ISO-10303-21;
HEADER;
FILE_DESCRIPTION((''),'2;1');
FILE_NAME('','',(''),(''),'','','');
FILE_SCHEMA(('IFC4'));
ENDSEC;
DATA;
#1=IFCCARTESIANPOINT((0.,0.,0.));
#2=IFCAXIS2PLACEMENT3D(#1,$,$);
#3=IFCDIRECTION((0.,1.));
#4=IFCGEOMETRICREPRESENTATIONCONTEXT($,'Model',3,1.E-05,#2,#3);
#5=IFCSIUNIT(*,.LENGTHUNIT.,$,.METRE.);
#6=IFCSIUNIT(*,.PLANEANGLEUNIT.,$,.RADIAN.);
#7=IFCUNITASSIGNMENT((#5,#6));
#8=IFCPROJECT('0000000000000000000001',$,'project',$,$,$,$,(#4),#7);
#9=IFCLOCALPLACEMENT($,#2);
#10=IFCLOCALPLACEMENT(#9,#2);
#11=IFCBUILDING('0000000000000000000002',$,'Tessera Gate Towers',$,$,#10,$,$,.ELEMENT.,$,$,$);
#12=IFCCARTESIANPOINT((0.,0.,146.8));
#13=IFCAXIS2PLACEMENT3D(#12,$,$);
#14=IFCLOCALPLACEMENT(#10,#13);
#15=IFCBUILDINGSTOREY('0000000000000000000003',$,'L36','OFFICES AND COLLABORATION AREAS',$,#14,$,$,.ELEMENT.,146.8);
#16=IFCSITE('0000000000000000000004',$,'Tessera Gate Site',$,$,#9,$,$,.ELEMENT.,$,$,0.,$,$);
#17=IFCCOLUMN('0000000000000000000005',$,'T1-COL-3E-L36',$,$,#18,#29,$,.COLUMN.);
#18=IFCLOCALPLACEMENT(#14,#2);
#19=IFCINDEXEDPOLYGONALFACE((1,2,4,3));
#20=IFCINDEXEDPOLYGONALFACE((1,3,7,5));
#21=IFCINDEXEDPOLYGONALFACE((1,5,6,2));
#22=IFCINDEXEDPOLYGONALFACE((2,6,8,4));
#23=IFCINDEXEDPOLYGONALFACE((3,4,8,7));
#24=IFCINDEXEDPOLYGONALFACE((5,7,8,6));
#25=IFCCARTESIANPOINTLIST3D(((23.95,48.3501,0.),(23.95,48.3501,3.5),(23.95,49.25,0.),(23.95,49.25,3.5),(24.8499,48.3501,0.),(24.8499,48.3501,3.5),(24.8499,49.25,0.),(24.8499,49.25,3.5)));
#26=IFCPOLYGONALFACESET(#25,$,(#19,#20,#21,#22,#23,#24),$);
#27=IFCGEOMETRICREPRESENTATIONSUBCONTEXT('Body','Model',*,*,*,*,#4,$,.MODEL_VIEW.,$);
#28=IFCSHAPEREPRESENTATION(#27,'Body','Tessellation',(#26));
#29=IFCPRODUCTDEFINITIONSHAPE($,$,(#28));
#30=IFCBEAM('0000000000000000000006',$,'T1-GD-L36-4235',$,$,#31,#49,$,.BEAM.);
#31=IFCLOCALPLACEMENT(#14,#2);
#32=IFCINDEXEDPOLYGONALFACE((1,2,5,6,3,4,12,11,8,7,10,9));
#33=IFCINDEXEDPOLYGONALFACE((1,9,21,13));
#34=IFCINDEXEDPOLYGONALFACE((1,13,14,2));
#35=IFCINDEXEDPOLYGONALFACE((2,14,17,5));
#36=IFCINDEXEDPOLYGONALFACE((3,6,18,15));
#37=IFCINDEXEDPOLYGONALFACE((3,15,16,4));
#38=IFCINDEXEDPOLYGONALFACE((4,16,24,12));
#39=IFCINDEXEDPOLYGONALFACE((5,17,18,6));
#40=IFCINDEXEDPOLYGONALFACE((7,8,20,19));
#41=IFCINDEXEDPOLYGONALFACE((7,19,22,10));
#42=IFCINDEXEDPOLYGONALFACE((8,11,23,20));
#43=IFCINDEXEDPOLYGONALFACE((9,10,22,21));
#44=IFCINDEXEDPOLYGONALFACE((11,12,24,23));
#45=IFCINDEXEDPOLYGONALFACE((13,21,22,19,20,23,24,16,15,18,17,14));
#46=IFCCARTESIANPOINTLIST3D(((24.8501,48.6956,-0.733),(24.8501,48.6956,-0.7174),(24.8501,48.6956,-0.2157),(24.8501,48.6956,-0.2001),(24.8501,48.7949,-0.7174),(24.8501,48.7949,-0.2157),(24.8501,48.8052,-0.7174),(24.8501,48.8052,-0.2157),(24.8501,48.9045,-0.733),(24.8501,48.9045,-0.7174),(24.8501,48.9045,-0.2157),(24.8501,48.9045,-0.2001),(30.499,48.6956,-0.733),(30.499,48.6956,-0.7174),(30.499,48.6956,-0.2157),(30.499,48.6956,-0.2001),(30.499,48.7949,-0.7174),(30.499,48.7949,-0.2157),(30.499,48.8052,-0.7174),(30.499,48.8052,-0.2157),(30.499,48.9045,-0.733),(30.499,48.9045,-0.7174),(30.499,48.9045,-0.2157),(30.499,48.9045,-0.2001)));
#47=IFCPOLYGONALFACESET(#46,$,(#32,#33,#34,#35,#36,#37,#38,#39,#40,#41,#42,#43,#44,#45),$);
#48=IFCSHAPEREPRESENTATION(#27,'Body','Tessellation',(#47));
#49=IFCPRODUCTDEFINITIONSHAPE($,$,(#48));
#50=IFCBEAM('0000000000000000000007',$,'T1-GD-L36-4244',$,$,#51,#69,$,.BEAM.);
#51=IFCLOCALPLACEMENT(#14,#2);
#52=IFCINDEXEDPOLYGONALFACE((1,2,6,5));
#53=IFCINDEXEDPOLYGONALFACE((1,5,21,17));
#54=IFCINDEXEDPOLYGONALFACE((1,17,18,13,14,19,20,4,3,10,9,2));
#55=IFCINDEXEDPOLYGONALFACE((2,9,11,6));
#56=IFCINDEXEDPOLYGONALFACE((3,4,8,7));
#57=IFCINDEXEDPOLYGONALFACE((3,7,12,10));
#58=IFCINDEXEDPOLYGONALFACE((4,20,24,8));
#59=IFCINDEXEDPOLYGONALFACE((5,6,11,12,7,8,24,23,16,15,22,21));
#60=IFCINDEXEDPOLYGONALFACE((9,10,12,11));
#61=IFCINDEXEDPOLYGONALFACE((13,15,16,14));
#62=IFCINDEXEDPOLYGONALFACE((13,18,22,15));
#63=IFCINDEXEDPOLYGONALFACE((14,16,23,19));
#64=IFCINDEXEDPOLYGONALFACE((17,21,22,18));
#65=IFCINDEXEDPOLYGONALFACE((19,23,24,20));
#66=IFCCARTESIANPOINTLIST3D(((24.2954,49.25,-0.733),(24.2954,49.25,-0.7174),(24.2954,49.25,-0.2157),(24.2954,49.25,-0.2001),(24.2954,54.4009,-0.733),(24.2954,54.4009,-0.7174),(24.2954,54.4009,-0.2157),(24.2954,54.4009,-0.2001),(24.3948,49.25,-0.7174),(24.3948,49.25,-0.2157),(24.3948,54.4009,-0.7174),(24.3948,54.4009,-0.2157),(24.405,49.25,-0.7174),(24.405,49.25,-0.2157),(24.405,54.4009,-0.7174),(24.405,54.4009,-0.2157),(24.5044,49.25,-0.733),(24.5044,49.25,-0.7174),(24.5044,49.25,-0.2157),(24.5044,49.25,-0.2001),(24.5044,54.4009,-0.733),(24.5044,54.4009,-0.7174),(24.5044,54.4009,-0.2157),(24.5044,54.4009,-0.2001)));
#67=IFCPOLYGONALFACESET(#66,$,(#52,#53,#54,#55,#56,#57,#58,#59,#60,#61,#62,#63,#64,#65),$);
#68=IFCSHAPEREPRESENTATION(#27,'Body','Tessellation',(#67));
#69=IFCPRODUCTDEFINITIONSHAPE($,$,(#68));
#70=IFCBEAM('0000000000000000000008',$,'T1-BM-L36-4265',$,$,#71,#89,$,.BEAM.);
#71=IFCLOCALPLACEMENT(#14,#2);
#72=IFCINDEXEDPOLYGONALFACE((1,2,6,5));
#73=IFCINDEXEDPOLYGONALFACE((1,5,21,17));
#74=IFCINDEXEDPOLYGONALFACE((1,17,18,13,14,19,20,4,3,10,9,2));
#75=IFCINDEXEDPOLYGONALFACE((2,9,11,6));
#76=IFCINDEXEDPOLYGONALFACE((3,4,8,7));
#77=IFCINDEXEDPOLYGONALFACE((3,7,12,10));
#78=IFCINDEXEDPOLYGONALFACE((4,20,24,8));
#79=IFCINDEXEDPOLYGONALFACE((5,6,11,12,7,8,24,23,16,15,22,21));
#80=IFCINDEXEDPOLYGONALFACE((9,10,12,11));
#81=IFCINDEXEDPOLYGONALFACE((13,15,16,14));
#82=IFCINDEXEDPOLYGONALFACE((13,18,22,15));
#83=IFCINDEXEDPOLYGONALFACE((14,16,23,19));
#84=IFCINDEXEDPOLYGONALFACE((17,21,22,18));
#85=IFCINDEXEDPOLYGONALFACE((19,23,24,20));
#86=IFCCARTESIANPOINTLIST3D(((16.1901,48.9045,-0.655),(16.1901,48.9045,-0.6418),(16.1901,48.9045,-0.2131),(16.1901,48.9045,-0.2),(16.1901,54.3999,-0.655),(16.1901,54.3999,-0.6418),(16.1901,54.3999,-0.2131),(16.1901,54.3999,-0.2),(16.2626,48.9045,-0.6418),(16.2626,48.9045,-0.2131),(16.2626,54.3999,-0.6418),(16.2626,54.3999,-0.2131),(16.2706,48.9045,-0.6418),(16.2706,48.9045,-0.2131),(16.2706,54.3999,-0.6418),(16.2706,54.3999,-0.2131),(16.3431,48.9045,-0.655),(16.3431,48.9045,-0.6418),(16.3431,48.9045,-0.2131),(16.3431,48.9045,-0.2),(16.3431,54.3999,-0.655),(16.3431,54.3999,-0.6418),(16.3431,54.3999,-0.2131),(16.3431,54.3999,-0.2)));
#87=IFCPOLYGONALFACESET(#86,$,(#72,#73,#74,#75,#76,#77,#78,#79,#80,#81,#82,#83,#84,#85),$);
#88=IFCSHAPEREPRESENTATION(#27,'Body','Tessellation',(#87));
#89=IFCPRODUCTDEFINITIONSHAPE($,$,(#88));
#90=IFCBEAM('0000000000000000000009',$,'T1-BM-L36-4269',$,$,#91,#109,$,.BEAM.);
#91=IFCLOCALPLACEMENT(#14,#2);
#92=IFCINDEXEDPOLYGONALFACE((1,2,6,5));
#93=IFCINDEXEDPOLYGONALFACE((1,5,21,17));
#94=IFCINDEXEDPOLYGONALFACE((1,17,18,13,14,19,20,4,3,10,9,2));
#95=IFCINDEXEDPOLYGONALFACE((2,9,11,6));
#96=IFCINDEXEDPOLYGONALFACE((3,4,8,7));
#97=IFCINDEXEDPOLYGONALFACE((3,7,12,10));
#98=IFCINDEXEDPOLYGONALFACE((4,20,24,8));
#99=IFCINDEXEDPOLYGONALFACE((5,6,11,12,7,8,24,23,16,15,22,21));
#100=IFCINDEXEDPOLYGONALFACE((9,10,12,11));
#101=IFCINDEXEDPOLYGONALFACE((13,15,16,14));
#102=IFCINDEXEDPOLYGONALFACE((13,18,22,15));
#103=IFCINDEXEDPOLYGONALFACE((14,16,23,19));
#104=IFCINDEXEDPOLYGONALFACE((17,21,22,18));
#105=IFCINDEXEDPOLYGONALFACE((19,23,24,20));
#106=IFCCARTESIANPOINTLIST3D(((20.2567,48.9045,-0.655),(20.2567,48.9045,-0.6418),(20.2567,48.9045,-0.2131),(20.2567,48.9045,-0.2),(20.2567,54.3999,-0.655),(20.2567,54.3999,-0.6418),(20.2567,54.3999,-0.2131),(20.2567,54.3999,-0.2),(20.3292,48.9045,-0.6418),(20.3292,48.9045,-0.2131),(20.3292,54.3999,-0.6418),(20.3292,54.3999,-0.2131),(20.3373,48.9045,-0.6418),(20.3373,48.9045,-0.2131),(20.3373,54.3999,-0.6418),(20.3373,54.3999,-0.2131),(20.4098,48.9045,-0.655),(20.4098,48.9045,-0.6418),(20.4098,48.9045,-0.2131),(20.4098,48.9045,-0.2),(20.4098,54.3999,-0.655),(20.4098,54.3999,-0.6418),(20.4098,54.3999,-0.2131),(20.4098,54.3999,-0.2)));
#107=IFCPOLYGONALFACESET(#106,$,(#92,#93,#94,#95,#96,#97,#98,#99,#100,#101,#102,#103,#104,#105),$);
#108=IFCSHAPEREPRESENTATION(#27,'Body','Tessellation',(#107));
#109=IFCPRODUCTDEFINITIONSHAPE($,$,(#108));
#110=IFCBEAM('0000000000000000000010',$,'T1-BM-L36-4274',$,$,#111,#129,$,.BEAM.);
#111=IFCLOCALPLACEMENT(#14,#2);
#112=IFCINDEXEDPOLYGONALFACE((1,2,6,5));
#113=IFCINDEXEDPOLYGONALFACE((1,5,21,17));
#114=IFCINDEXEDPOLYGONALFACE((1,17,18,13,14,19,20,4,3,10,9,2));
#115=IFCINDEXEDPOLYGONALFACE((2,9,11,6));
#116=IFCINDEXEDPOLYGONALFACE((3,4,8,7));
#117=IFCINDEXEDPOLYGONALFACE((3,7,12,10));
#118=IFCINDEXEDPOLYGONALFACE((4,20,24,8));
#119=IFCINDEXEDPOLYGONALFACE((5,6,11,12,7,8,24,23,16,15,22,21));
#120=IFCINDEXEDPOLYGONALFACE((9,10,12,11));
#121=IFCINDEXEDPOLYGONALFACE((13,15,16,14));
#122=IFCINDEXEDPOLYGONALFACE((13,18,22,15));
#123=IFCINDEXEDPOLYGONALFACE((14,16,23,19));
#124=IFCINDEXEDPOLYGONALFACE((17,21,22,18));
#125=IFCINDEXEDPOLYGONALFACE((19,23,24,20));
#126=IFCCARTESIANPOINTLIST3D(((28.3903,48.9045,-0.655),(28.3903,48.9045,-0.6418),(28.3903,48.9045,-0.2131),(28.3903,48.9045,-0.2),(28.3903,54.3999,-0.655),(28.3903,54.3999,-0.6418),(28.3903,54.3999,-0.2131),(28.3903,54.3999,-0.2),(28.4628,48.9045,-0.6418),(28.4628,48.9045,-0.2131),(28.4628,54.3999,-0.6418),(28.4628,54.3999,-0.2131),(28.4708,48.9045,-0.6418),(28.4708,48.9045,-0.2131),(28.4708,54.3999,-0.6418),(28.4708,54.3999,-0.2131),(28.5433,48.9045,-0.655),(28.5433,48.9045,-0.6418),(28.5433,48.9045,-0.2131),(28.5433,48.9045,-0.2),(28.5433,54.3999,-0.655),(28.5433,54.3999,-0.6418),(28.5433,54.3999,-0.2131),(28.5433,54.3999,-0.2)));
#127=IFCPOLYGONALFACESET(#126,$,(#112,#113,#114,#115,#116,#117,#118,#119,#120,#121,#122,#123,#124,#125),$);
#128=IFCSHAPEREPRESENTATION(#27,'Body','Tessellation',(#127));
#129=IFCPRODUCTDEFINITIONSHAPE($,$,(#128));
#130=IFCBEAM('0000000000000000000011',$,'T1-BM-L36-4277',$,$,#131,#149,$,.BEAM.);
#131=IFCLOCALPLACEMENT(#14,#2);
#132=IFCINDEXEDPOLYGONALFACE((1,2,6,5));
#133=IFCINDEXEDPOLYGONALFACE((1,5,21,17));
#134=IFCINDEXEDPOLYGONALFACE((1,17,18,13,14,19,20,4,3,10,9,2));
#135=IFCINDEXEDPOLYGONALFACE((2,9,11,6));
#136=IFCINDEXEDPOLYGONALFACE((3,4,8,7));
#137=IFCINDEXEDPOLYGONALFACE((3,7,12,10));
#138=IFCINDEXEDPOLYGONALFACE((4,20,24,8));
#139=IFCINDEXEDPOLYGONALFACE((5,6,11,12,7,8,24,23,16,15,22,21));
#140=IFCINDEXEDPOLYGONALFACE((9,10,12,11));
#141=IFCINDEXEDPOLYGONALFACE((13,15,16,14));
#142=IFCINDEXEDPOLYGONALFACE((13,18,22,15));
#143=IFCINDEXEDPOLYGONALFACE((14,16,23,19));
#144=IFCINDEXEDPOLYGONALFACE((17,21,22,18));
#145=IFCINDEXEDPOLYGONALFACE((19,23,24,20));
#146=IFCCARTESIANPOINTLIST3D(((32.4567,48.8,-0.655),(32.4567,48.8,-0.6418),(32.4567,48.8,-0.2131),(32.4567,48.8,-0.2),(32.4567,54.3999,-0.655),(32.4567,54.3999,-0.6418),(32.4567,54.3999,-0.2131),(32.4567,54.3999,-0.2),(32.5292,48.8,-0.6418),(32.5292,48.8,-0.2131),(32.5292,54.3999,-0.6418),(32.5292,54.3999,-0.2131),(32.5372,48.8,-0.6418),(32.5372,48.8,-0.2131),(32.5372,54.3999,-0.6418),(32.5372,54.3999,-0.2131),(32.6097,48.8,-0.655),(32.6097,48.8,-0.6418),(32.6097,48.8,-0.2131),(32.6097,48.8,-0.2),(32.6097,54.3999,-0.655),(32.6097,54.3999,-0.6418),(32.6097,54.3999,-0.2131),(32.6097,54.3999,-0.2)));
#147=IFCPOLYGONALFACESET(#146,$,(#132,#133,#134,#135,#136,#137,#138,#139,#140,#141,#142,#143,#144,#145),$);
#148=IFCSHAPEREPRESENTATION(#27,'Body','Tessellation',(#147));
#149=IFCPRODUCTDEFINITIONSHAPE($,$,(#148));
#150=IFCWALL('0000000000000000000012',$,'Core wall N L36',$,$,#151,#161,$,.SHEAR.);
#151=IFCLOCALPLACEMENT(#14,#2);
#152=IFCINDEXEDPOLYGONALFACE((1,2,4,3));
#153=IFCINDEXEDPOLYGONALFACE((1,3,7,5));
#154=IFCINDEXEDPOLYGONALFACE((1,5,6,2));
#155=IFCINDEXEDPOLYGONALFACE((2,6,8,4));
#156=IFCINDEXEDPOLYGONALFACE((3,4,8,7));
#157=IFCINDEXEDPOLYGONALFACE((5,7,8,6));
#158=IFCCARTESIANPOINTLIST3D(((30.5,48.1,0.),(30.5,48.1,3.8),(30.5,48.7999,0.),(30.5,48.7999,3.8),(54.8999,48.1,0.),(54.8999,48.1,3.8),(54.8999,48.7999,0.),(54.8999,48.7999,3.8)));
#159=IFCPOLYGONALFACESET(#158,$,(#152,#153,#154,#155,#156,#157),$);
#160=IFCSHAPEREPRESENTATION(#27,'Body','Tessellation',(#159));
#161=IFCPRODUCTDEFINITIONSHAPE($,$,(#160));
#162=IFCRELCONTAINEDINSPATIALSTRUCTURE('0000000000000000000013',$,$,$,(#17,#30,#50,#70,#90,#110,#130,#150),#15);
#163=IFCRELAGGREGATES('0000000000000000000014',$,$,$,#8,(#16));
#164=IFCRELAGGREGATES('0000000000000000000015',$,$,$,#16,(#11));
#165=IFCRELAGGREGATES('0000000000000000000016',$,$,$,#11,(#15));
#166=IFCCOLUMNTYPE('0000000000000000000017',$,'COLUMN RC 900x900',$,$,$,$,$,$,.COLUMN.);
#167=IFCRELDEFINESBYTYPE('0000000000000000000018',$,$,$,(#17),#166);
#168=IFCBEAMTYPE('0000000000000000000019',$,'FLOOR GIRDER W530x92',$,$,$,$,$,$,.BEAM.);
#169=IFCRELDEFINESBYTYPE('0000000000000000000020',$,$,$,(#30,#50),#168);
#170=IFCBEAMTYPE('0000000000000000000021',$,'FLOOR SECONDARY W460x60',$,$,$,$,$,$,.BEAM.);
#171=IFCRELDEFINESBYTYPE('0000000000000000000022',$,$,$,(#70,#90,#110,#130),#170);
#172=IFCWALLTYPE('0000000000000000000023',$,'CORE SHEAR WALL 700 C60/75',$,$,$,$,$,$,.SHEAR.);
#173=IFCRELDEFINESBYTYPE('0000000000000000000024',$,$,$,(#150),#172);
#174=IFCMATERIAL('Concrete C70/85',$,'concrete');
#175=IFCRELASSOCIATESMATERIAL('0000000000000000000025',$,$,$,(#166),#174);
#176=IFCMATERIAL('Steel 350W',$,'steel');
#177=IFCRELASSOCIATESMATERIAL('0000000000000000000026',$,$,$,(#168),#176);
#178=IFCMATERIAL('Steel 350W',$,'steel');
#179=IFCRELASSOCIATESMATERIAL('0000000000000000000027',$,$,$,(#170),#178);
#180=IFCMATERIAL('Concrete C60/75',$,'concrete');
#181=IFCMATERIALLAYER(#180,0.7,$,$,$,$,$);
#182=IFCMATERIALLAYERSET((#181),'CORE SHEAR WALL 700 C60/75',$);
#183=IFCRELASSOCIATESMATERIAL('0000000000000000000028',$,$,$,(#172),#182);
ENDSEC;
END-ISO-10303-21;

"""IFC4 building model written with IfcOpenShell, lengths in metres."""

from ifc_helpers import new_model, si_unit, direction, frame, frame_2d, origin, origin_2d, place, context, subcontext, project, spatial, rectangle, i_section, extrude, material, layer, layer_set, material_profile, profile_set, type_object, element, save


model = new_model("IFC4")

# Units and contexts
model_context = context("Model", 3, precision=1e-05, world=origin(), true_north=direction((0.0, 1.0)))
body_context = subcontext(model_context, "Body", "Model", "MODEL_VIEW")
ifc_project = project(units=[si_unit("LENGTHUNIT", "METRE"), si_unit("PLANEANGLEUNIT", "RADIAN")], contexts=[model_context])

# Site, building, storey
site_placement = place(None, origin())
site = spatial("IfcSite", under=ifc_project, at=site_placement, Name="Tessera Gate Site", CompositionType="ELEMENT", RefElevation=0.0)
building_placement = place(site_placement, origin())
building = spatial("IfcBuilding", under=site, at=building_placement, Name="Tessera Gate Towers", CompositionType="ELEMENT")
storey_placement = place(building_placement, frame((0.0, 0.0, 146.8)))
storey = spatial("IfcBuildingStorey", under=building, at=storey_placement, Name="L36", Description="OFFICES AND COLLABORATION AREAS", CompositionType="ELEMENT", Elevation=146.8)

# Column
ifc_material_1 = material(Name="Concrete C70/85", Category="concrete")
ifc_material_profile_1 = material_profile(ifc_material_1, rectangle(XDim=0.8999, YDim=0.8999, at=origin_2d()), Name="RC 900x900")
ifc_profile_set_1 = profile_set([ifc_material_profile_1], Name="Concrete C70/85")
column_type = type_object("IfcColumnType", Name="COLUMN RC 900x900", PredefinedType="COLUMN", material=ifc_profile_set_1)
column_placement = place(storey_placement, frame((24.3999, 48.8, 0.0), z_axis=(0.0, 0.0, 1.0), x_axis=(1.0, 0.0, 0.0)))
element("IfcColumn", 1, at=column_placement, inside=storey, type_object=column_type, Name="T1-COL-3E-L36", PredefinedType="COLUMN", context=body_context, shape_type="SweptSolid", body=[
    extrude(rectangle(XDim=0.8999, YDim=0.8999, at=origin_2d()), origin(), (0.0, 0.0, 1.0), 3.5),
])

# Beams
ifc_material_2 = material(Name="Steel 350W", Category="steel")
ifc_material_profile_2 = material_profile(ifc_material_2, i_section(OverallWidth=0.209, OverallDepth=0.533, WebThickness=0.0103, FlangeThickness=0.0156, at=origin_2d()), Name="W530x92")
ifc_profile_set_2 = profile_set([ifc_material_profile_2], Name="Steel 350W")
beam_type_1 = type_object("IfcBeamType", Name="FLOOR GIRDER W530x92", PredefinedType="BEAM", material=ifc_profile_set_2)
beam_1_placement = place(storey_placement, frame((24.8501, 48.8, -0.4666), z_axis=(1.0, 0.0, 0.0), x_axis=(0.0, 1.0, 0.0)))
element("IfcBeam", 2, at=beam_1_placement, inside=storey, type_object=beam_type_1, Name="T1-GD-L36-4235", PredefinedType="BEAM", context=body_context, shape_type="SweptSolid", body=[
    extrude(i_section(OverallWidth=0.209, OverallDepth=0.533, WebThickness=0.0103, FlangeThickness=0.0156, at=origin_2d()), origin(), (0.0, 0.0, 1.0), 5.6489),
])
beam_2_placement = place(storey_placement, frame((24.3999, 49.25, -0.4666), z_axis=(0.0, 1.0, 0.0), x_axis=(-1.0, 0.0, 0.0)))
element("IfcBeam", 3, at=beam_2_placement, inside=storey, type_object=beam_type_1, Name="T1-GD-L36-4244", PredefinedType="BEAM", context=body_context, shape_type="SweptSolid", body=[
    extrude(i_section(OverallWidth=0.209, OverallDepth=0.533, WebThickness=0.0103, FlangeThickness=0.0156, at=origin_2d()), origin(), (0.0, 0.0, 1.0), 5.1509),
])
ifc_material_3 = material(Name="Steel 350W", Category="steel")
ifc_material_profile_3 = material_profile(ifc_material_3, i_section(OverallWidth=0.1531, OverallDepth=0.4551, WebThickness=0.0081, FlangeThickness=0.0132, at=origin_2d()), Name="W460x60")
ifc_profile_set_3 = profile_set([ifc_material_profile_3], Name="Steel 350W")
beam_type_2 = type_object("IfcBeamType", Name="FLOOR SECONDARY W460x60", PredefinedType="BEAM", material=ifc_profile_set_3)
for number, where, z_axis, x_axis, name in (
    (4, (16.2666, 48.9045, -0.4275), (0.0, 1.0, 0.0), (-1.0, 0.0, 0.0), "T1-BM-L36-4265"),
    (5, (20.3333, 48.9045, -0.4275), (0.0, 1.0, 0.0), (-1.0, 0.0, 0.0), "T1-BM-L36-4269"),
    (6, (28.4668, 48.9045, -0.4275), (0.0, 1.0, 0.0), (-1.0, 0.0, 0.0), "T1-BM-L36-4274"),
):
    element("IfcBeam", number, at=place(storey_placement, frame(where, z_axis=z_axis, x_axis=x_axis)), inside=storey, type_object=beam_type_2, Name=name, PredefinedType="BEAM", context=body_context, shape_type="SweptSolid", body=[
        extrude(i_section(OverallWidth=0.1531, OverallDepth=0.4551, WebThickness=0.0081, FlangeThickness=0.0132, at=origin_2d()), origin(), (0.0, 0.0, 1.0), 5.4954),
    ])
beam_3_placement = place(storey_placement, frame((32.5332, 48.8, -0.4275), z_axis=(0.0, 1.0, 0.0), x_axis=(-1.0, 0.0, 0.0)))
element("IfcBeam", 7, at=beam_3_placement, inside=storey, type_object=beam_type_2, Name="T1-BM-L36-4277", PredefinedType="BEAM", context=body_context, shape_type="SweptSolid", body=[
    extrude(i_section(OverallWidth=0.1531, OverallDepth=0.4551, WebThickness=0.0081, FlangeThickness=0.0132, at=origin_2d()), origin(), (0.0, 0.0, 1.0), 5.5999),
])

# Wall
ifc_material_4 = material(Name="Concrete C60/75", Category="concrete")
ifc_layer_1 = layer(ifc_material_4, 0.7)
ifc_layer_set_1 = layer_set([ifc_layer_1], Name="CORE SHEAR WALL 700 C60/75")
wall_type_1 = type_object("IfcWallType", Name="CORE SHEAR WALL 700 C60/75", PredefinedType="SHEAR", material=ifc_layer_set_1)
wall_1_placement = place(storey_placement, frame((30.5, 48.45, 0.0), z_axis=(0.0, 0.0, 1.0), x_axis=(1.0, 0.0, 0.0)))
element("IfcWall", 8, at=wall_1_placement, inside=storey, type_object=wall_type_1, Name="Core wall N L36", PredefinedType="SHEAR", context=body_context, shape_type="SweptSolid", body=[
    extrude(rectangle(XDim=24.3999, YDim=0.7, at=frame_2d((12.2, 0.0))), origin(), (0.0, 0.0, 1.0), 3.8),
])

save(model, "model.ifc")
